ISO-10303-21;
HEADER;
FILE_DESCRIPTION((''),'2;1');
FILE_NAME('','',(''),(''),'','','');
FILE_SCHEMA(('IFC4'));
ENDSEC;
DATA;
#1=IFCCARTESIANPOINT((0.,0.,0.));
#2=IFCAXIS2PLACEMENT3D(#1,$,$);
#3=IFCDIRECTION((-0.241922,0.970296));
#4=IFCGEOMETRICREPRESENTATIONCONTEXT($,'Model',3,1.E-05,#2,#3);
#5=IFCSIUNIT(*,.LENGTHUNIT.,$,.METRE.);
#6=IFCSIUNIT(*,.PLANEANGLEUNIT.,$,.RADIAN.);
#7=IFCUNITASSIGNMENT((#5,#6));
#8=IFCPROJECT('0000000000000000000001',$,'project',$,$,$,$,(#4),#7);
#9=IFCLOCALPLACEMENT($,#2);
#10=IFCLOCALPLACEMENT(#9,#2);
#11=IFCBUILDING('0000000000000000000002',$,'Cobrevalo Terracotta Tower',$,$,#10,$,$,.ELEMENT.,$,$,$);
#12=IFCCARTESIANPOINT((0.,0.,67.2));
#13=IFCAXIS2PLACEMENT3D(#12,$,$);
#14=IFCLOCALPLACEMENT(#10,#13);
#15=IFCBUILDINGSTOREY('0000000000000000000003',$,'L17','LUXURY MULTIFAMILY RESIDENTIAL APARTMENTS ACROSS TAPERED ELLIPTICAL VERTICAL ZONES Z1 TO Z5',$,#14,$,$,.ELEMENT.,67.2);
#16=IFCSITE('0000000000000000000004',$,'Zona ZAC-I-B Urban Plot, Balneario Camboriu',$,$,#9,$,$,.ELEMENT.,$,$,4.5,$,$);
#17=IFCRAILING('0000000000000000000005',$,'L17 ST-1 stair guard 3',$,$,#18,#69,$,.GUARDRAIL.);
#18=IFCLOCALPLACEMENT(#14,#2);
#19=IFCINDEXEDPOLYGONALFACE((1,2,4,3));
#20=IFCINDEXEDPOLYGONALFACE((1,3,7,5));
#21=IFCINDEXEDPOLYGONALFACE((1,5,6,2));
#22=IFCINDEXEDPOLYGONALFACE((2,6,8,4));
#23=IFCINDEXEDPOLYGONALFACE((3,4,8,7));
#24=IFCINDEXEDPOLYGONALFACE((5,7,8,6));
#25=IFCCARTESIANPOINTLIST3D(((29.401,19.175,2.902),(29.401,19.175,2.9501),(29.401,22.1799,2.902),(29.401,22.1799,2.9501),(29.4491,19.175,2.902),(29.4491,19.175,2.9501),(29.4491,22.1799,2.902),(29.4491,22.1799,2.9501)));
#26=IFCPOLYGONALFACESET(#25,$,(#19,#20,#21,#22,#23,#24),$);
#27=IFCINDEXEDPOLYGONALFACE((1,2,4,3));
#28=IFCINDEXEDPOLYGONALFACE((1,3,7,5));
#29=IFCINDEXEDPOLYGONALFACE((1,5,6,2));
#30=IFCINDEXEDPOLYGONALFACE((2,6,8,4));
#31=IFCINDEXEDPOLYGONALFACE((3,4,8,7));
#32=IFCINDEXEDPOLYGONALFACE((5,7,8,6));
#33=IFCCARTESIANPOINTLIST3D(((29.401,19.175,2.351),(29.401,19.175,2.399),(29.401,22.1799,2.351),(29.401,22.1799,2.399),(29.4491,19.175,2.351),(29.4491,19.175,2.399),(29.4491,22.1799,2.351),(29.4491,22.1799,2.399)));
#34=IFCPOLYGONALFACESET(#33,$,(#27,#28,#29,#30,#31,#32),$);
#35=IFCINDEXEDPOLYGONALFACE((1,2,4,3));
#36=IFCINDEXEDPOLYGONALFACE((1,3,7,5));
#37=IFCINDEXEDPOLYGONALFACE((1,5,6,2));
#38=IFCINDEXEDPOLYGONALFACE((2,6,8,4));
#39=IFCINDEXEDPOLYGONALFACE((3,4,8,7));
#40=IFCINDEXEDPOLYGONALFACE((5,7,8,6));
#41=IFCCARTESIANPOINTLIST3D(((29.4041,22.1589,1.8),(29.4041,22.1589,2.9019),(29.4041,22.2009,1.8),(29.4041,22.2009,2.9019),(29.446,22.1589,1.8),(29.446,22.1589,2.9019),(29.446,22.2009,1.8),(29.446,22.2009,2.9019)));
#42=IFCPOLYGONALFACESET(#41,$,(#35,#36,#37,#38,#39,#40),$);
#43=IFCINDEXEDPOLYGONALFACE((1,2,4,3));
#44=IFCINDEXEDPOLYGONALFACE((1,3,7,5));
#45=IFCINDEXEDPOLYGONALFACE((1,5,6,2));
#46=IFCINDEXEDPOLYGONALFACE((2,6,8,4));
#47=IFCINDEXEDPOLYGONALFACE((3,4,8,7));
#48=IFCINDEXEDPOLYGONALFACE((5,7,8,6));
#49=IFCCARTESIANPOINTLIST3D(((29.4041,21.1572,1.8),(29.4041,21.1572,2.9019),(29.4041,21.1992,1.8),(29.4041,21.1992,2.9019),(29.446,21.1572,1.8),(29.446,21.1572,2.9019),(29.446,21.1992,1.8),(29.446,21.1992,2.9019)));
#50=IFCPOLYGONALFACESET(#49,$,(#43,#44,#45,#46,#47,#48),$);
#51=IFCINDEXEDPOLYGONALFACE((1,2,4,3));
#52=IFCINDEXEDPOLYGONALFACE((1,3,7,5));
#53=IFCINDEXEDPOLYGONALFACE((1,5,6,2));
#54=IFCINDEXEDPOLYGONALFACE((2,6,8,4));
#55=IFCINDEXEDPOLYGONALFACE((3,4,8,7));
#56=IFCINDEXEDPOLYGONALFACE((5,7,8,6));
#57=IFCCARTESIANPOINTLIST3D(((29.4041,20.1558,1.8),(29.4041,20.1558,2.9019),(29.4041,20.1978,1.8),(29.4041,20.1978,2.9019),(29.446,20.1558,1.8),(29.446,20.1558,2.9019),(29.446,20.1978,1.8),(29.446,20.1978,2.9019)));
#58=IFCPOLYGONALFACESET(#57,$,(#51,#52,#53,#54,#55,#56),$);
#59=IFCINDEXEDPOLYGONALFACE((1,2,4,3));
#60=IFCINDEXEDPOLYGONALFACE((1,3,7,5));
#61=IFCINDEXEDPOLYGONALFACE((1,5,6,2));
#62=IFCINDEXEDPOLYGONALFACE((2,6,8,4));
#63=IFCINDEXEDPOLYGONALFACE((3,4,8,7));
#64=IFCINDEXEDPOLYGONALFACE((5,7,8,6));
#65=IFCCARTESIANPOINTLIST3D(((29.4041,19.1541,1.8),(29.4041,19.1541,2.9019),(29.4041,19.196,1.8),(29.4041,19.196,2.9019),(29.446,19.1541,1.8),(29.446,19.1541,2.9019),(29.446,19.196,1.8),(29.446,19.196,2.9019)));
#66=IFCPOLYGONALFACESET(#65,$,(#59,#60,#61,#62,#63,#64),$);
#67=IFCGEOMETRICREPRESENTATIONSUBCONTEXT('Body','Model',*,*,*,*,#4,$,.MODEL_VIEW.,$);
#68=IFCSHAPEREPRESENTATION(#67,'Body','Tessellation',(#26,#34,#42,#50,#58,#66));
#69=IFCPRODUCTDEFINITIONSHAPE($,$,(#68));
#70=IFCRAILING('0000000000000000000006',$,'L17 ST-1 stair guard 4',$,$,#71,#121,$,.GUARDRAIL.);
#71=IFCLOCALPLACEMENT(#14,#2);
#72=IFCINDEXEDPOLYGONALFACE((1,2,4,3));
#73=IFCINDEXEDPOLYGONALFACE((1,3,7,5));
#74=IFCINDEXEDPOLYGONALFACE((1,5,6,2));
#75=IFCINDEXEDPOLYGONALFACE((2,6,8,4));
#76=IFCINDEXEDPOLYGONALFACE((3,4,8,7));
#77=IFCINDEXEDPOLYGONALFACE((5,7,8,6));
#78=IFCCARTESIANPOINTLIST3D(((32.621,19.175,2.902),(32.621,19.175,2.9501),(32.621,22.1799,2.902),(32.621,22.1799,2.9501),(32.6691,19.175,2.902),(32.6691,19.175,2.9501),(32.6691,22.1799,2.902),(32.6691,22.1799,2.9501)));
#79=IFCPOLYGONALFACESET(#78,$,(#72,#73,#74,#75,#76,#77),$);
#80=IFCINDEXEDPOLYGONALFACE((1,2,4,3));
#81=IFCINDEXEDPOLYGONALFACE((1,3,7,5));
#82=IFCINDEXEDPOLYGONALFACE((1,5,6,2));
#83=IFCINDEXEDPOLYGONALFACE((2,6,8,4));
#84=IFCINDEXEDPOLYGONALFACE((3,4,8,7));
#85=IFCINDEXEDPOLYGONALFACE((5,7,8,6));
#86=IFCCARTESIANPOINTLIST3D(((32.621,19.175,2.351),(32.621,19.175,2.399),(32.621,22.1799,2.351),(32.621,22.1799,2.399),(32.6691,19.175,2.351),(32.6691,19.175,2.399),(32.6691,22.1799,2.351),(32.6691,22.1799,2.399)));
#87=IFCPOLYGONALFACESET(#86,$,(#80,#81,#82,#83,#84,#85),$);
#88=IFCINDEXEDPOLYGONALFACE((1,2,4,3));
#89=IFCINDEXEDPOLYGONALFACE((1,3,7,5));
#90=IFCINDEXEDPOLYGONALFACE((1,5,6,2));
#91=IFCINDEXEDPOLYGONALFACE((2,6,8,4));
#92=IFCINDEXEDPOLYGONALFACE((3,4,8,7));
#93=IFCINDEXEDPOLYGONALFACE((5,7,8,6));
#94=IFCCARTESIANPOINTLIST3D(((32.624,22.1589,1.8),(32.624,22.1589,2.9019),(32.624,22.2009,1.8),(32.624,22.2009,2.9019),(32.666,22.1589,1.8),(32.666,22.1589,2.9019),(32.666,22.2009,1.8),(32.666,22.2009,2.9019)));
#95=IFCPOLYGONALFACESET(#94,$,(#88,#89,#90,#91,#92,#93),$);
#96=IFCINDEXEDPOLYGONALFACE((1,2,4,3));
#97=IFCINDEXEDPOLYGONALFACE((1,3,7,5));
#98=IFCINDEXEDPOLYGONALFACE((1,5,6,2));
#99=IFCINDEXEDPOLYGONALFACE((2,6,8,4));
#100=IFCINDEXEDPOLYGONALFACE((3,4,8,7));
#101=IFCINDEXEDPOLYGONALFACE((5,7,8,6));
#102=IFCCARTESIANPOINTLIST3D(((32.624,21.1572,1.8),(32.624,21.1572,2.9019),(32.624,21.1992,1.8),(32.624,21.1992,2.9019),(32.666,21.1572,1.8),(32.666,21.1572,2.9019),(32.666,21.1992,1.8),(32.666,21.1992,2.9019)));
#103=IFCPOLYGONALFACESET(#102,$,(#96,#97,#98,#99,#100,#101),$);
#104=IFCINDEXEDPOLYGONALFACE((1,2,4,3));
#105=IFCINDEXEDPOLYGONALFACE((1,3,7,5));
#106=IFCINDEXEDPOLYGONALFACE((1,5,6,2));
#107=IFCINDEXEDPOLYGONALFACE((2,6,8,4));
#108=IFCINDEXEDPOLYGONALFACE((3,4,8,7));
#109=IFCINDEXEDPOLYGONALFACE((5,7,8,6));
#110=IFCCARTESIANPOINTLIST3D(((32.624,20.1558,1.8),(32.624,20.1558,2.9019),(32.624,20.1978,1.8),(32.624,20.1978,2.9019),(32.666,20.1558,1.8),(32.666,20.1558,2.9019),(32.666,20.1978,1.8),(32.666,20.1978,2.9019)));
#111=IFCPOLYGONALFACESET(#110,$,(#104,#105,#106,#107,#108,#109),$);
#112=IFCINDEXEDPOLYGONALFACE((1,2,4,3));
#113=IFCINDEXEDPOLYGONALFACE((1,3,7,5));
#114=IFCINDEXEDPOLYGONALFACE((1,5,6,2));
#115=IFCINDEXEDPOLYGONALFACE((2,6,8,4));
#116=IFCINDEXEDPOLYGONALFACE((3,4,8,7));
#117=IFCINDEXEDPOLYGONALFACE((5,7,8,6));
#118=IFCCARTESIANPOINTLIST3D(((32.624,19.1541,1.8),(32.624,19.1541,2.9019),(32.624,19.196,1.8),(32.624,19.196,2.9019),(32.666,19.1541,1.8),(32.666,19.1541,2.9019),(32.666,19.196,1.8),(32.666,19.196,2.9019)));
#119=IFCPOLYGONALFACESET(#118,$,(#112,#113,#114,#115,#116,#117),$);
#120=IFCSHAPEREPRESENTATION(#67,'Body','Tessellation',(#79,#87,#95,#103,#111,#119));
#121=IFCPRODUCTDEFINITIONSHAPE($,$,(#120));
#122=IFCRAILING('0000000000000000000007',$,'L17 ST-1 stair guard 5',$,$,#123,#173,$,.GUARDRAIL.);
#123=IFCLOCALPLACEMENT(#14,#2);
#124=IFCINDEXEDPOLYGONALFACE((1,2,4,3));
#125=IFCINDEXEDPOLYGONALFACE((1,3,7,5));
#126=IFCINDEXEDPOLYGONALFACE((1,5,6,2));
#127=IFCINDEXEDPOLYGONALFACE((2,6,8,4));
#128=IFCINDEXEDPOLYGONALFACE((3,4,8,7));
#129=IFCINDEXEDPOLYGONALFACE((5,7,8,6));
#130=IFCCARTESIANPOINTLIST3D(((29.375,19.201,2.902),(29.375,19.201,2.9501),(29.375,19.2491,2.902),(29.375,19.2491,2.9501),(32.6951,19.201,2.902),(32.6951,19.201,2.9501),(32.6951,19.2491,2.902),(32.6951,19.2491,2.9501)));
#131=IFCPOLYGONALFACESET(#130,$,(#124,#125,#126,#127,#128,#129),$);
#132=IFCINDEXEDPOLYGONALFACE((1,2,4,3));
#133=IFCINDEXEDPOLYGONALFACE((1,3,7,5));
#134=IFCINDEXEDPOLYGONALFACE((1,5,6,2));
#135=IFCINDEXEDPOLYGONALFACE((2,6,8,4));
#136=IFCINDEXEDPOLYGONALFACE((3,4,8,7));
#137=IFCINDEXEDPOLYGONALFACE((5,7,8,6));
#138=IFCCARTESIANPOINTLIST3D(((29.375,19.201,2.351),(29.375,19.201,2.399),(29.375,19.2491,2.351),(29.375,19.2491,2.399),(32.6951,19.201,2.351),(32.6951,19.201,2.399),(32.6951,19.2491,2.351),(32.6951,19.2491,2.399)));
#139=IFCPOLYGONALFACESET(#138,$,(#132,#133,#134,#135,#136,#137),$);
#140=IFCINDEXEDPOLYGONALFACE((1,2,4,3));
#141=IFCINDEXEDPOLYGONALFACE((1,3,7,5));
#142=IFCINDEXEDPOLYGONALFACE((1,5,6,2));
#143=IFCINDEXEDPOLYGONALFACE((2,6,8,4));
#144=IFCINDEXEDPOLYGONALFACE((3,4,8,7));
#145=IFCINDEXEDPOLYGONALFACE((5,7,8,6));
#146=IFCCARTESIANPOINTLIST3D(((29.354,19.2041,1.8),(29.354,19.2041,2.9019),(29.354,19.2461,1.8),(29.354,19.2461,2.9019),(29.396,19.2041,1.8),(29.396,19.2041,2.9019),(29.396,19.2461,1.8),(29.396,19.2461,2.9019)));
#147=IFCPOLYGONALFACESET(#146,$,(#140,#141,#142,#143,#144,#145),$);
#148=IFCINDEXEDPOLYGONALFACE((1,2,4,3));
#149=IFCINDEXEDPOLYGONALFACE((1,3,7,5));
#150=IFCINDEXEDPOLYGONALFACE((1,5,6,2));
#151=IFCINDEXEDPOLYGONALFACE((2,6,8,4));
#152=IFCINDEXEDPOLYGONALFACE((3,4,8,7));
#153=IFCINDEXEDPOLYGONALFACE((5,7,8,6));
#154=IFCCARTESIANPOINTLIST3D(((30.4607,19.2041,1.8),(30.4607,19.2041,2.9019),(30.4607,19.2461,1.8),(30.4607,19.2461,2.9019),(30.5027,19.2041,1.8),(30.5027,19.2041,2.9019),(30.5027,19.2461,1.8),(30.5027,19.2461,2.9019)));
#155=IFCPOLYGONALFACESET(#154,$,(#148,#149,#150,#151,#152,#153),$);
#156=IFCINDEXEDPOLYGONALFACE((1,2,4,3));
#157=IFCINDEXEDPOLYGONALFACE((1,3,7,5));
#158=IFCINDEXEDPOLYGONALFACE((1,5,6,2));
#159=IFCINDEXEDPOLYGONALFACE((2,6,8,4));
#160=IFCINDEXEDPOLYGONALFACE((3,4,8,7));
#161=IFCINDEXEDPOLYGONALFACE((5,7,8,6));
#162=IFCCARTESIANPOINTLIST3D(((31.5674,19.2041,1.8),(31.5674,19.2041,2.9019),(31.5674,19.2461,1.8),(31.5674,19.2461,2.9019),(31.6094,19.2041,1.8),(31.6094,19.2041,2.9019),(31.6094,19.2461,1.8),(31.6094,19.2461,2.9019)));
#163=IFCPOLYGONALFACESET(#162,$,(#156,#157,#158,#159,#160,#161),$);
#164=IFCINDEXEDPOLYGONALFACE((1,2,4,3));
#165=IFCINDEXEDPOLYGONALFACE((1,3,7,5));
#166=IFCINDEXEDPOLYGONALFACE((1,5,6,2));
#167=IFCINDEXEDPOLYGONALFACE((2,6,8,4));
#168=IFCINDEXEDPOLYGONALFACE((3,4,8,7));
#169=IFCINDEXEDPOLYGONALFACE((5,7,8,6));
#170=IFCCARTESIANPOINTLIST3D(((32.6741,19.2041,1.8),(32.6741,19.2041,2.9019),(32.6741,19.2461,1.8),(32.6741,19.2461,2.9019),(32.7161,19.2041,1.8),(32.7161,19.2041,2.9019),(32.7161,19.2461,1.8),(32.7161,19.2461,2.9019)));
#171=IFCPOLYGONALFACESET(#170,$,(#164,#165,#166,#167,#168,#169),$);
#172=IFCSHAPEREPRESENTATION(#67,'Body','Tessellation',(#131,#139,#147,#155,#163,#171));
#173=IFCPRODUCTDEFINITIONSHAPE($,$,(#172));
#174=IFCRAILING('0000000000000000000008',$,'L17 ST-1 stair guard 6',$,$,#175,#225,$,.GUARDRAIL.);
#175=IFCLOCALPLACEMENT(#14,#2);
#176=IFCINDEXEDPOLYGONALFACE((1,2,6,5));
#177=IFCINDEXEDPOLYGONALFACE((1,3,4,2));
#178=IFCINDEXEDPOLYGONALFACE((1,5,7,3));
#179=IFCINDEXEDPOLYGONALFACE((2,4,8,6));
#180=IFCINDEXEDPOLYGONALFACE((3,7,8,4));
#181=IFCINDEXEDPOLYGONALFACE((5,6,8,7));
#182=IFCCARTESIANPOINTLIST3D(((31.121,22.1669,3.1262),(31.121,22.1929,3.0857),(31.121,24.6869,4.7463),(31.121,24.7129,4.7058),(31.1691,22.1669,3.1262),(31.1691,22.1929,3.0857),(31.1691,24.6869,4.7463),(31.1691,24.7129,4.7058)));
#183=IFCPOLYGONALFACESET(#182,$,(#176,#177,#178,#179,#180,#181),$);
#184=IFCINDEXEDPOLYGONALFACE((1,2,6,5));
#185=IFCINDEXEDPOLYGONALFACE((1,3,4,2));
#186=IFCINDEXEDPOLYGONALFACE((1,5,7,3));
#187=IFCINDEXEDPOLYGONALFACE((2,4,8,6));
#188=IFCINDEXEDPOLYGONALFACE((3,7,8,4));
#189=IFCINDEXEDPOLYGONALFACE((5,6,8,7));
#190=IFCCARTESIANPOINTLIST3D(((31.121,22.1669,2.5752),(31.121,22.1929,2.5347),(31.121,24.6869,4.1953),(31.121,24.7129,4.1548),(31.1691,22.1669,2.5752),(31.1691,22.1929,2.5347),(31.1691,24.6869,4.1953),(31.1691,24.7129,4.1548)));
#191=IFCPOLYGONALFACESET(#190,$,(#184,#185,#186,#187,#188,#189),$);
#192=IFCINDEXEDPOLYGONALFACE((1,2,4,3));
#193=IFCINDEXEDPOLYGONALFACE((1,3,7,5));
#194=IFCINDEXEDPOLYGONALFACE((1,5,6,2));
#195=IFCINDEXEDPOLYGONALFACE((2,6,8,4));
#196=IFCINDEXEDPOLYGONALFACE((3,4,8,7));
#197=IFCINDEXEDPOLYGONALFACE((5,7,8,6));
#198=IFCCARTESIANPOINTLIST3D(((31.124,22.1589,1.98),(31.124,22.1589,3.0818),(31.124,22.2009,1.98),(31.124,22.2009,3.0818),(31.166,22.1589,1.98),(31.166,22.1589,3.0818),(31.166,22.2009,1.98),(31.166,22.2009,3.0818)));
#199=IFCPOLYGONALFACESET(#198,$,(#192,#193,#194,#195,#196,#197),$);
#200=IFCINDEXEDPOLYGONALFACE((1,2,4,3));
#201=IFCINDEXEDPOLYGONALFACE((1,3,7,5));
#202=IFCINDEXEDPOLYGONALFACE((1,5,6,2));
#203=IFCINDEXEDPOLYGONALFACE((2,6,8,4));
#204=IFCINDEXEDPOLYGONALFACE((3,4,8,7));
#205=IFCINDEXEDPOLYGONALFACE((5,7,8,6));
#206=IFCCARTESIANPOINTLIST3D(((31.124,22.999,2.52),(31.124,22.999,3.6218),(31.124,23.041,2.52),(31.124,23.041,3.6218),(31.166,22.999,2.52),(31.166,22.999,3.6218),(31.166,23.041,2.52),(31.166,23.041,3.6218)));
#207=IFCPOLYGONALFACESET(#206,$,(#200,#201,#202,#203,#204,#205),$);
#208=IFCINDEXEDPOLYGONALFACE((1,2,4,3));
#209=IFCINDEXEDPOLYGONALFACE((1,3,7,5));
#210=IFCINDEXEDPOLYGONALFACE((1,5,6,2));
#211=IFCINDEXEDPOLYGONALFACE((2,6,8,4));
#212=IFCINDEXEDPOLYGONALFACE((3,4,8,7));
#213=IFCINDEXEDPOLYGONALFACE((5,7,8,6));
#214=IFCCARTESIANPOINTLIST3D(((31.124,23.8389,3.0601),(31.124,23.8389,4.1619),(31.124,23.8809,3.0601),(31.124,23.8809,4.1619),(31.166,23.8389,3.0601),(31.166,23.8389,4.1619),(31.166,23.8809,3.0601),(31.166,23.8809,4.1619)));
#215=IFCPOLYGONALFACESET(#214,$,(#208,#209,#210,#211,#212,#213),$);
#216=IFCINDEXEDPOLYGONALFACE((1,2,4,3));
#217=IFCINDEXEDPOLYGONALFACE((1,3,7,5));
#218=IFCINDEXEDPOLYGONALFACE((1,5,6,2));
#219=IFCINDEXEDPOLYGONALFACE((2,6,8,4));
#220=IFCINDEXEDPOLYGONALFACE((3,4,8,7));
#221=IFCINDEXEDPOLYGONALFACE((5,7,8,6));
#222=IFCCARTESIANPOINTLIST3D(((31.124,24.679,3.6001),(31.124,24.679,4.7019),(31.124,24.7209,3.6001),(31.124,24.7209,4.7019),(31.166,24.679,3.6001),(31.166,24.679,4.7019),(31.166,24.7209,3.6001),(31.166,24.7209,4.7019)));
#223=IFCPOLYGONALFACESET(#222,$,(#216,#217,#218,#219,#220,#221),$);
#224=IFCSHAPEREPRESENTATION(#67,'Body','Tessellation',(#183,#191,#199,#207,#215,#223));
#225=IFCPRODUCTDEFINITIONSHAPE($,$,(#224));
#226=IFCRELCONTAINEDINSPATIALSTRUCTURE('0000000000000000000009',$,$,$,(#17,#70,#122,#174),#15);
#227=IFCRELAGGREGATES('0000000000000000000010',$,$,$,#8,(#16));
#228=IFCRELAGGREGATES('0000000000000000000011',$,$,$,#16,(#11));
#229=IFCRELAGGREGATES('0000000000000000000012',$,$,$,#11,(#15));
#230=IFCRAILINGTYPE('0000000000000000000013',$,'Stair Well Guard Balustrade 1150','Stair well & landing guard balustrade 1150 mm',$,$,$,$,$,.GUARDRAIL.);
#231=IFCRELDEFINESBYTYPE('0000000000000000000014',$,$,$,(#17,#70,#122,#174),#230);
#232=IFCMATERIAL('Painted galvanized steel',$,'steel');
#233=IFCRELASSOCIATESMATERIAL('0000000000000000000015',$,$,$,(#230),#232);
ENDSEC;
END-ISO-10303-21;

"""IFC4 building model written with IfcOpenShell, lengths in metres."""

from ifc_helpers import new_model, si_unit, direction, frame, origin, origin_2d, place, context, subcontext, project, spatial, rectangle, extrude, material, type_object, element, save


model = new_model("IFC4")

# Units and contexts
model_context = context("Model", 3, precision=1e-05, world=origin(), true_north=direction((-0.241922, 0.970296)))
body_context = subcontext(model_context, "Body", "Model", "MODEL_VIEW")
ifc_project = project(units=[si_unit("LENGTHUNIT", "METRE"), si_unit("PLANEANGLEUNIT", "RADIAN")], contexts=[model_context])

# Site, building, storey
site_placement = place(None, origin())
site = spatial("IfcSite", under=ifc_project, at=site_placement, Name="Zona ZAC-I-B Urban Plot, Balneario Camboriu", CompositionType="ELEMENT", RefElevation=4.5)
building_placement = place(site_placement, origin())
building = spatial("IfcBuilding", under=site, at=building_placement, Name="Cobrevalo Terracotta Tower", CompositionType="ELEMENT")
storey_placement = place(building_placement, frame((0.0, 0.0, 67.2)))
storey = spatial("IfcBuildingStorey", under=building, at=storey_placement, Name="L17", Description="LUXURY MULTIFAMILY RESIDENTIAL APARTMENTS ACROSS TAPERED ELLIPTICAL VERTICAL ZONES Z1 TO Z5", CompositionType="ELEMENT", Elevation=67.2)

# Railings
ifc_material_1 = material(Name="Painted galvanized steel", Category="steel")
railing_type_1 = type_object("IfcRailingType", Name="Stair Well Guard Balustrade 1150", Description="Stair well & landing guard balustrade 1150 mm", PredefinedType="GUARDRAIL", material=ifc_material_1)
for number, where, name in (
    (1, (29.425, 22.1799, 1.8), "L17 ST-1 stair guard 3"),
    (2, (32.645, 22.1799, 1.8), "L17 ST-1 stair guard 4"),
):
    element("IfcRailing", number, at=place(storey_placement, frame(where)), inside=storey, type_object=railing_type_1, Name=name, PredefinedType="GUARDRAIL", context=body_context, shape_type="SweptSolid", body=[
        extrude(rectangle(XDim=0.0481, YDim=0.0481, at=origin_2d()), frame((0.0, 0.0, 1.126), z_axis=(0.0, -1.0, 0.0), x_axis=(1.0, 0.0, 0.0)), (0.0, 0.0, 1.0), 3.0049),
        extrude(rectangle(XDim=0.0481, YDim=0.0481, at=origin_2d()), frame((0.0, 0.0, 0.575), z_axis=(0.0, -1.0, 0.0), x_axis=(1.0, 0.0, 0.0)), (0.0, 0.0, 1.0), 3.0049),
        extrude(rectangle(XDim=0.042, YDim=0.042, at=origin_2d()), origin(), (0.0, 0.0, 1.0), 1.1018),
        extrude(rectangle(XDim=0.042, YDim=0.042, at=origin_2d()), frame((0.0, -1.0017, 0.0)), (0.0, 0.0, 1.0), 1.1018),
        extrude(rectangle(XDim=0.042, YDim=0.042, at=origin_2d()), frame((0.0, -2.0032, 0.0)), (0.0, 0.0, 1.0), 1.1018),
        extrude(rectangle(XDim=0.042, YDim=0.042, at=origin_2d()), frame((0.0, -3.0049, 0.0)), (0.0, 0.0, 1.0), 1.1018),
    ])
railing_1_placement = place(storey_placement, frame((29.375, 19.2251, 1.8)))
element("IfcRailing", 3, at=railing_1_placement, inside=storey, type_object=railing_type_1, Name="L17 ST-1 stair guard 5", PredefinedType="GUARDRAIL", context=body_context, shape_type="SweptSolid", body=[
    extrude(rectangle(XDim=0.0481, YDim=0.0481, at=origin_2d()), frame((0.0, 0.0, 1.126), z_axis=(1.0, 0.0, 0.0), x_axis=(0.0, 1.0, 0.0)), (0.0, 0.0, 1.0), 3.3201),
    extrude(rectangle(XDim=0.0481, YDim=0.0481, at=origin_2d()), frame((0.0, 0.0, 0.575), z_axis=(1.0, 0.0, 0.0), x_axis=(0.0, 1.0, 0.0)), (0.0, 0.0, 1.0), 3.3201),
    extrude(rectangle(XDim=0.042, YDim=0.042, at=origin_2d()), origin(), (0.0, 0.0, 1.0), 1.1018),
    extrude(rectangle(XDim=0.042, YDim=0.042, at=origin_2d()), frame((1.1067, 0.0, 0.0)), (0.0, 0.0, 1.0), 1.1018),
    extrude(rectangle(XDim=0.042, YDim=0.042, at=origin_2d()), frame((2.2134, 0.0, 0.0)), (0.0, 0.0, 1.0), 1.1018),
    extrude(rectangle(XDim=0.042, YDim=0.042, at=origin_2d()), frame((3.3201, 0.0, 0.0)), (0.0, 0.0, 1.0), 1.1018),
])
railing_2_placement = place(storey_placement, frame((31.145, 22.1799, 1.98)))
element("IfcRailing", 4, at=railing_2_placement, inside=storey, type_object=railing_type_1, Name="L17 ST-1 stair guard 6", PredefinedType="GUARDRAIL", context=body_context, shape_type="SweptSolid", body=[
    extrude(rectangle(XDim=0.0481, YDim=0.0481, at=origin_2d()), frame((0.0, 0.0, 1.126), z_axis=(0.0, 0.841163, 0.540782), x_axis=(-1.0, 0.0, 0.0)), (0.0, 0.0, 1.0), 2.9958),
    extrude(rectangle(XDim=0.0481, YDim=0.0481, at=origin_2d()), frame((0.0, 0.0, 0.575), z_axis=(0.0, 0.841163, 0.540782), x_axis=(-1.0, 0.0, 0.0)), (0.0, 0.0, 1.0), 2.9958),
    extrude(rectangle(XDim=0.042, YDim=0.042, at=origin_2d()), origin(), (0.0, 0.0, 1.0), 1.1018),
    extrude(rectangle(XDim=0.042, YDim=0.042, at=origin_2d()), frame((0.0, 0.8401, 0.54)), (0.0, 0.0, 1.0), 1.1018),
    extrude(rectangle(XDim=0.042, YDim=0.042, at=origin_2d()), frame((0.0, 1.6799, 1.0801)), (0.0, 0.0, 1.0), 1.1018),
    extrude(rectangle(XDim=0.042, YDim=0.042, at=origin_2d()), frame((0.0, 2.52, 1.6201)), (0.0, 0.0, 1.0), 1.1018),
])

save(model, "model.ifc")
